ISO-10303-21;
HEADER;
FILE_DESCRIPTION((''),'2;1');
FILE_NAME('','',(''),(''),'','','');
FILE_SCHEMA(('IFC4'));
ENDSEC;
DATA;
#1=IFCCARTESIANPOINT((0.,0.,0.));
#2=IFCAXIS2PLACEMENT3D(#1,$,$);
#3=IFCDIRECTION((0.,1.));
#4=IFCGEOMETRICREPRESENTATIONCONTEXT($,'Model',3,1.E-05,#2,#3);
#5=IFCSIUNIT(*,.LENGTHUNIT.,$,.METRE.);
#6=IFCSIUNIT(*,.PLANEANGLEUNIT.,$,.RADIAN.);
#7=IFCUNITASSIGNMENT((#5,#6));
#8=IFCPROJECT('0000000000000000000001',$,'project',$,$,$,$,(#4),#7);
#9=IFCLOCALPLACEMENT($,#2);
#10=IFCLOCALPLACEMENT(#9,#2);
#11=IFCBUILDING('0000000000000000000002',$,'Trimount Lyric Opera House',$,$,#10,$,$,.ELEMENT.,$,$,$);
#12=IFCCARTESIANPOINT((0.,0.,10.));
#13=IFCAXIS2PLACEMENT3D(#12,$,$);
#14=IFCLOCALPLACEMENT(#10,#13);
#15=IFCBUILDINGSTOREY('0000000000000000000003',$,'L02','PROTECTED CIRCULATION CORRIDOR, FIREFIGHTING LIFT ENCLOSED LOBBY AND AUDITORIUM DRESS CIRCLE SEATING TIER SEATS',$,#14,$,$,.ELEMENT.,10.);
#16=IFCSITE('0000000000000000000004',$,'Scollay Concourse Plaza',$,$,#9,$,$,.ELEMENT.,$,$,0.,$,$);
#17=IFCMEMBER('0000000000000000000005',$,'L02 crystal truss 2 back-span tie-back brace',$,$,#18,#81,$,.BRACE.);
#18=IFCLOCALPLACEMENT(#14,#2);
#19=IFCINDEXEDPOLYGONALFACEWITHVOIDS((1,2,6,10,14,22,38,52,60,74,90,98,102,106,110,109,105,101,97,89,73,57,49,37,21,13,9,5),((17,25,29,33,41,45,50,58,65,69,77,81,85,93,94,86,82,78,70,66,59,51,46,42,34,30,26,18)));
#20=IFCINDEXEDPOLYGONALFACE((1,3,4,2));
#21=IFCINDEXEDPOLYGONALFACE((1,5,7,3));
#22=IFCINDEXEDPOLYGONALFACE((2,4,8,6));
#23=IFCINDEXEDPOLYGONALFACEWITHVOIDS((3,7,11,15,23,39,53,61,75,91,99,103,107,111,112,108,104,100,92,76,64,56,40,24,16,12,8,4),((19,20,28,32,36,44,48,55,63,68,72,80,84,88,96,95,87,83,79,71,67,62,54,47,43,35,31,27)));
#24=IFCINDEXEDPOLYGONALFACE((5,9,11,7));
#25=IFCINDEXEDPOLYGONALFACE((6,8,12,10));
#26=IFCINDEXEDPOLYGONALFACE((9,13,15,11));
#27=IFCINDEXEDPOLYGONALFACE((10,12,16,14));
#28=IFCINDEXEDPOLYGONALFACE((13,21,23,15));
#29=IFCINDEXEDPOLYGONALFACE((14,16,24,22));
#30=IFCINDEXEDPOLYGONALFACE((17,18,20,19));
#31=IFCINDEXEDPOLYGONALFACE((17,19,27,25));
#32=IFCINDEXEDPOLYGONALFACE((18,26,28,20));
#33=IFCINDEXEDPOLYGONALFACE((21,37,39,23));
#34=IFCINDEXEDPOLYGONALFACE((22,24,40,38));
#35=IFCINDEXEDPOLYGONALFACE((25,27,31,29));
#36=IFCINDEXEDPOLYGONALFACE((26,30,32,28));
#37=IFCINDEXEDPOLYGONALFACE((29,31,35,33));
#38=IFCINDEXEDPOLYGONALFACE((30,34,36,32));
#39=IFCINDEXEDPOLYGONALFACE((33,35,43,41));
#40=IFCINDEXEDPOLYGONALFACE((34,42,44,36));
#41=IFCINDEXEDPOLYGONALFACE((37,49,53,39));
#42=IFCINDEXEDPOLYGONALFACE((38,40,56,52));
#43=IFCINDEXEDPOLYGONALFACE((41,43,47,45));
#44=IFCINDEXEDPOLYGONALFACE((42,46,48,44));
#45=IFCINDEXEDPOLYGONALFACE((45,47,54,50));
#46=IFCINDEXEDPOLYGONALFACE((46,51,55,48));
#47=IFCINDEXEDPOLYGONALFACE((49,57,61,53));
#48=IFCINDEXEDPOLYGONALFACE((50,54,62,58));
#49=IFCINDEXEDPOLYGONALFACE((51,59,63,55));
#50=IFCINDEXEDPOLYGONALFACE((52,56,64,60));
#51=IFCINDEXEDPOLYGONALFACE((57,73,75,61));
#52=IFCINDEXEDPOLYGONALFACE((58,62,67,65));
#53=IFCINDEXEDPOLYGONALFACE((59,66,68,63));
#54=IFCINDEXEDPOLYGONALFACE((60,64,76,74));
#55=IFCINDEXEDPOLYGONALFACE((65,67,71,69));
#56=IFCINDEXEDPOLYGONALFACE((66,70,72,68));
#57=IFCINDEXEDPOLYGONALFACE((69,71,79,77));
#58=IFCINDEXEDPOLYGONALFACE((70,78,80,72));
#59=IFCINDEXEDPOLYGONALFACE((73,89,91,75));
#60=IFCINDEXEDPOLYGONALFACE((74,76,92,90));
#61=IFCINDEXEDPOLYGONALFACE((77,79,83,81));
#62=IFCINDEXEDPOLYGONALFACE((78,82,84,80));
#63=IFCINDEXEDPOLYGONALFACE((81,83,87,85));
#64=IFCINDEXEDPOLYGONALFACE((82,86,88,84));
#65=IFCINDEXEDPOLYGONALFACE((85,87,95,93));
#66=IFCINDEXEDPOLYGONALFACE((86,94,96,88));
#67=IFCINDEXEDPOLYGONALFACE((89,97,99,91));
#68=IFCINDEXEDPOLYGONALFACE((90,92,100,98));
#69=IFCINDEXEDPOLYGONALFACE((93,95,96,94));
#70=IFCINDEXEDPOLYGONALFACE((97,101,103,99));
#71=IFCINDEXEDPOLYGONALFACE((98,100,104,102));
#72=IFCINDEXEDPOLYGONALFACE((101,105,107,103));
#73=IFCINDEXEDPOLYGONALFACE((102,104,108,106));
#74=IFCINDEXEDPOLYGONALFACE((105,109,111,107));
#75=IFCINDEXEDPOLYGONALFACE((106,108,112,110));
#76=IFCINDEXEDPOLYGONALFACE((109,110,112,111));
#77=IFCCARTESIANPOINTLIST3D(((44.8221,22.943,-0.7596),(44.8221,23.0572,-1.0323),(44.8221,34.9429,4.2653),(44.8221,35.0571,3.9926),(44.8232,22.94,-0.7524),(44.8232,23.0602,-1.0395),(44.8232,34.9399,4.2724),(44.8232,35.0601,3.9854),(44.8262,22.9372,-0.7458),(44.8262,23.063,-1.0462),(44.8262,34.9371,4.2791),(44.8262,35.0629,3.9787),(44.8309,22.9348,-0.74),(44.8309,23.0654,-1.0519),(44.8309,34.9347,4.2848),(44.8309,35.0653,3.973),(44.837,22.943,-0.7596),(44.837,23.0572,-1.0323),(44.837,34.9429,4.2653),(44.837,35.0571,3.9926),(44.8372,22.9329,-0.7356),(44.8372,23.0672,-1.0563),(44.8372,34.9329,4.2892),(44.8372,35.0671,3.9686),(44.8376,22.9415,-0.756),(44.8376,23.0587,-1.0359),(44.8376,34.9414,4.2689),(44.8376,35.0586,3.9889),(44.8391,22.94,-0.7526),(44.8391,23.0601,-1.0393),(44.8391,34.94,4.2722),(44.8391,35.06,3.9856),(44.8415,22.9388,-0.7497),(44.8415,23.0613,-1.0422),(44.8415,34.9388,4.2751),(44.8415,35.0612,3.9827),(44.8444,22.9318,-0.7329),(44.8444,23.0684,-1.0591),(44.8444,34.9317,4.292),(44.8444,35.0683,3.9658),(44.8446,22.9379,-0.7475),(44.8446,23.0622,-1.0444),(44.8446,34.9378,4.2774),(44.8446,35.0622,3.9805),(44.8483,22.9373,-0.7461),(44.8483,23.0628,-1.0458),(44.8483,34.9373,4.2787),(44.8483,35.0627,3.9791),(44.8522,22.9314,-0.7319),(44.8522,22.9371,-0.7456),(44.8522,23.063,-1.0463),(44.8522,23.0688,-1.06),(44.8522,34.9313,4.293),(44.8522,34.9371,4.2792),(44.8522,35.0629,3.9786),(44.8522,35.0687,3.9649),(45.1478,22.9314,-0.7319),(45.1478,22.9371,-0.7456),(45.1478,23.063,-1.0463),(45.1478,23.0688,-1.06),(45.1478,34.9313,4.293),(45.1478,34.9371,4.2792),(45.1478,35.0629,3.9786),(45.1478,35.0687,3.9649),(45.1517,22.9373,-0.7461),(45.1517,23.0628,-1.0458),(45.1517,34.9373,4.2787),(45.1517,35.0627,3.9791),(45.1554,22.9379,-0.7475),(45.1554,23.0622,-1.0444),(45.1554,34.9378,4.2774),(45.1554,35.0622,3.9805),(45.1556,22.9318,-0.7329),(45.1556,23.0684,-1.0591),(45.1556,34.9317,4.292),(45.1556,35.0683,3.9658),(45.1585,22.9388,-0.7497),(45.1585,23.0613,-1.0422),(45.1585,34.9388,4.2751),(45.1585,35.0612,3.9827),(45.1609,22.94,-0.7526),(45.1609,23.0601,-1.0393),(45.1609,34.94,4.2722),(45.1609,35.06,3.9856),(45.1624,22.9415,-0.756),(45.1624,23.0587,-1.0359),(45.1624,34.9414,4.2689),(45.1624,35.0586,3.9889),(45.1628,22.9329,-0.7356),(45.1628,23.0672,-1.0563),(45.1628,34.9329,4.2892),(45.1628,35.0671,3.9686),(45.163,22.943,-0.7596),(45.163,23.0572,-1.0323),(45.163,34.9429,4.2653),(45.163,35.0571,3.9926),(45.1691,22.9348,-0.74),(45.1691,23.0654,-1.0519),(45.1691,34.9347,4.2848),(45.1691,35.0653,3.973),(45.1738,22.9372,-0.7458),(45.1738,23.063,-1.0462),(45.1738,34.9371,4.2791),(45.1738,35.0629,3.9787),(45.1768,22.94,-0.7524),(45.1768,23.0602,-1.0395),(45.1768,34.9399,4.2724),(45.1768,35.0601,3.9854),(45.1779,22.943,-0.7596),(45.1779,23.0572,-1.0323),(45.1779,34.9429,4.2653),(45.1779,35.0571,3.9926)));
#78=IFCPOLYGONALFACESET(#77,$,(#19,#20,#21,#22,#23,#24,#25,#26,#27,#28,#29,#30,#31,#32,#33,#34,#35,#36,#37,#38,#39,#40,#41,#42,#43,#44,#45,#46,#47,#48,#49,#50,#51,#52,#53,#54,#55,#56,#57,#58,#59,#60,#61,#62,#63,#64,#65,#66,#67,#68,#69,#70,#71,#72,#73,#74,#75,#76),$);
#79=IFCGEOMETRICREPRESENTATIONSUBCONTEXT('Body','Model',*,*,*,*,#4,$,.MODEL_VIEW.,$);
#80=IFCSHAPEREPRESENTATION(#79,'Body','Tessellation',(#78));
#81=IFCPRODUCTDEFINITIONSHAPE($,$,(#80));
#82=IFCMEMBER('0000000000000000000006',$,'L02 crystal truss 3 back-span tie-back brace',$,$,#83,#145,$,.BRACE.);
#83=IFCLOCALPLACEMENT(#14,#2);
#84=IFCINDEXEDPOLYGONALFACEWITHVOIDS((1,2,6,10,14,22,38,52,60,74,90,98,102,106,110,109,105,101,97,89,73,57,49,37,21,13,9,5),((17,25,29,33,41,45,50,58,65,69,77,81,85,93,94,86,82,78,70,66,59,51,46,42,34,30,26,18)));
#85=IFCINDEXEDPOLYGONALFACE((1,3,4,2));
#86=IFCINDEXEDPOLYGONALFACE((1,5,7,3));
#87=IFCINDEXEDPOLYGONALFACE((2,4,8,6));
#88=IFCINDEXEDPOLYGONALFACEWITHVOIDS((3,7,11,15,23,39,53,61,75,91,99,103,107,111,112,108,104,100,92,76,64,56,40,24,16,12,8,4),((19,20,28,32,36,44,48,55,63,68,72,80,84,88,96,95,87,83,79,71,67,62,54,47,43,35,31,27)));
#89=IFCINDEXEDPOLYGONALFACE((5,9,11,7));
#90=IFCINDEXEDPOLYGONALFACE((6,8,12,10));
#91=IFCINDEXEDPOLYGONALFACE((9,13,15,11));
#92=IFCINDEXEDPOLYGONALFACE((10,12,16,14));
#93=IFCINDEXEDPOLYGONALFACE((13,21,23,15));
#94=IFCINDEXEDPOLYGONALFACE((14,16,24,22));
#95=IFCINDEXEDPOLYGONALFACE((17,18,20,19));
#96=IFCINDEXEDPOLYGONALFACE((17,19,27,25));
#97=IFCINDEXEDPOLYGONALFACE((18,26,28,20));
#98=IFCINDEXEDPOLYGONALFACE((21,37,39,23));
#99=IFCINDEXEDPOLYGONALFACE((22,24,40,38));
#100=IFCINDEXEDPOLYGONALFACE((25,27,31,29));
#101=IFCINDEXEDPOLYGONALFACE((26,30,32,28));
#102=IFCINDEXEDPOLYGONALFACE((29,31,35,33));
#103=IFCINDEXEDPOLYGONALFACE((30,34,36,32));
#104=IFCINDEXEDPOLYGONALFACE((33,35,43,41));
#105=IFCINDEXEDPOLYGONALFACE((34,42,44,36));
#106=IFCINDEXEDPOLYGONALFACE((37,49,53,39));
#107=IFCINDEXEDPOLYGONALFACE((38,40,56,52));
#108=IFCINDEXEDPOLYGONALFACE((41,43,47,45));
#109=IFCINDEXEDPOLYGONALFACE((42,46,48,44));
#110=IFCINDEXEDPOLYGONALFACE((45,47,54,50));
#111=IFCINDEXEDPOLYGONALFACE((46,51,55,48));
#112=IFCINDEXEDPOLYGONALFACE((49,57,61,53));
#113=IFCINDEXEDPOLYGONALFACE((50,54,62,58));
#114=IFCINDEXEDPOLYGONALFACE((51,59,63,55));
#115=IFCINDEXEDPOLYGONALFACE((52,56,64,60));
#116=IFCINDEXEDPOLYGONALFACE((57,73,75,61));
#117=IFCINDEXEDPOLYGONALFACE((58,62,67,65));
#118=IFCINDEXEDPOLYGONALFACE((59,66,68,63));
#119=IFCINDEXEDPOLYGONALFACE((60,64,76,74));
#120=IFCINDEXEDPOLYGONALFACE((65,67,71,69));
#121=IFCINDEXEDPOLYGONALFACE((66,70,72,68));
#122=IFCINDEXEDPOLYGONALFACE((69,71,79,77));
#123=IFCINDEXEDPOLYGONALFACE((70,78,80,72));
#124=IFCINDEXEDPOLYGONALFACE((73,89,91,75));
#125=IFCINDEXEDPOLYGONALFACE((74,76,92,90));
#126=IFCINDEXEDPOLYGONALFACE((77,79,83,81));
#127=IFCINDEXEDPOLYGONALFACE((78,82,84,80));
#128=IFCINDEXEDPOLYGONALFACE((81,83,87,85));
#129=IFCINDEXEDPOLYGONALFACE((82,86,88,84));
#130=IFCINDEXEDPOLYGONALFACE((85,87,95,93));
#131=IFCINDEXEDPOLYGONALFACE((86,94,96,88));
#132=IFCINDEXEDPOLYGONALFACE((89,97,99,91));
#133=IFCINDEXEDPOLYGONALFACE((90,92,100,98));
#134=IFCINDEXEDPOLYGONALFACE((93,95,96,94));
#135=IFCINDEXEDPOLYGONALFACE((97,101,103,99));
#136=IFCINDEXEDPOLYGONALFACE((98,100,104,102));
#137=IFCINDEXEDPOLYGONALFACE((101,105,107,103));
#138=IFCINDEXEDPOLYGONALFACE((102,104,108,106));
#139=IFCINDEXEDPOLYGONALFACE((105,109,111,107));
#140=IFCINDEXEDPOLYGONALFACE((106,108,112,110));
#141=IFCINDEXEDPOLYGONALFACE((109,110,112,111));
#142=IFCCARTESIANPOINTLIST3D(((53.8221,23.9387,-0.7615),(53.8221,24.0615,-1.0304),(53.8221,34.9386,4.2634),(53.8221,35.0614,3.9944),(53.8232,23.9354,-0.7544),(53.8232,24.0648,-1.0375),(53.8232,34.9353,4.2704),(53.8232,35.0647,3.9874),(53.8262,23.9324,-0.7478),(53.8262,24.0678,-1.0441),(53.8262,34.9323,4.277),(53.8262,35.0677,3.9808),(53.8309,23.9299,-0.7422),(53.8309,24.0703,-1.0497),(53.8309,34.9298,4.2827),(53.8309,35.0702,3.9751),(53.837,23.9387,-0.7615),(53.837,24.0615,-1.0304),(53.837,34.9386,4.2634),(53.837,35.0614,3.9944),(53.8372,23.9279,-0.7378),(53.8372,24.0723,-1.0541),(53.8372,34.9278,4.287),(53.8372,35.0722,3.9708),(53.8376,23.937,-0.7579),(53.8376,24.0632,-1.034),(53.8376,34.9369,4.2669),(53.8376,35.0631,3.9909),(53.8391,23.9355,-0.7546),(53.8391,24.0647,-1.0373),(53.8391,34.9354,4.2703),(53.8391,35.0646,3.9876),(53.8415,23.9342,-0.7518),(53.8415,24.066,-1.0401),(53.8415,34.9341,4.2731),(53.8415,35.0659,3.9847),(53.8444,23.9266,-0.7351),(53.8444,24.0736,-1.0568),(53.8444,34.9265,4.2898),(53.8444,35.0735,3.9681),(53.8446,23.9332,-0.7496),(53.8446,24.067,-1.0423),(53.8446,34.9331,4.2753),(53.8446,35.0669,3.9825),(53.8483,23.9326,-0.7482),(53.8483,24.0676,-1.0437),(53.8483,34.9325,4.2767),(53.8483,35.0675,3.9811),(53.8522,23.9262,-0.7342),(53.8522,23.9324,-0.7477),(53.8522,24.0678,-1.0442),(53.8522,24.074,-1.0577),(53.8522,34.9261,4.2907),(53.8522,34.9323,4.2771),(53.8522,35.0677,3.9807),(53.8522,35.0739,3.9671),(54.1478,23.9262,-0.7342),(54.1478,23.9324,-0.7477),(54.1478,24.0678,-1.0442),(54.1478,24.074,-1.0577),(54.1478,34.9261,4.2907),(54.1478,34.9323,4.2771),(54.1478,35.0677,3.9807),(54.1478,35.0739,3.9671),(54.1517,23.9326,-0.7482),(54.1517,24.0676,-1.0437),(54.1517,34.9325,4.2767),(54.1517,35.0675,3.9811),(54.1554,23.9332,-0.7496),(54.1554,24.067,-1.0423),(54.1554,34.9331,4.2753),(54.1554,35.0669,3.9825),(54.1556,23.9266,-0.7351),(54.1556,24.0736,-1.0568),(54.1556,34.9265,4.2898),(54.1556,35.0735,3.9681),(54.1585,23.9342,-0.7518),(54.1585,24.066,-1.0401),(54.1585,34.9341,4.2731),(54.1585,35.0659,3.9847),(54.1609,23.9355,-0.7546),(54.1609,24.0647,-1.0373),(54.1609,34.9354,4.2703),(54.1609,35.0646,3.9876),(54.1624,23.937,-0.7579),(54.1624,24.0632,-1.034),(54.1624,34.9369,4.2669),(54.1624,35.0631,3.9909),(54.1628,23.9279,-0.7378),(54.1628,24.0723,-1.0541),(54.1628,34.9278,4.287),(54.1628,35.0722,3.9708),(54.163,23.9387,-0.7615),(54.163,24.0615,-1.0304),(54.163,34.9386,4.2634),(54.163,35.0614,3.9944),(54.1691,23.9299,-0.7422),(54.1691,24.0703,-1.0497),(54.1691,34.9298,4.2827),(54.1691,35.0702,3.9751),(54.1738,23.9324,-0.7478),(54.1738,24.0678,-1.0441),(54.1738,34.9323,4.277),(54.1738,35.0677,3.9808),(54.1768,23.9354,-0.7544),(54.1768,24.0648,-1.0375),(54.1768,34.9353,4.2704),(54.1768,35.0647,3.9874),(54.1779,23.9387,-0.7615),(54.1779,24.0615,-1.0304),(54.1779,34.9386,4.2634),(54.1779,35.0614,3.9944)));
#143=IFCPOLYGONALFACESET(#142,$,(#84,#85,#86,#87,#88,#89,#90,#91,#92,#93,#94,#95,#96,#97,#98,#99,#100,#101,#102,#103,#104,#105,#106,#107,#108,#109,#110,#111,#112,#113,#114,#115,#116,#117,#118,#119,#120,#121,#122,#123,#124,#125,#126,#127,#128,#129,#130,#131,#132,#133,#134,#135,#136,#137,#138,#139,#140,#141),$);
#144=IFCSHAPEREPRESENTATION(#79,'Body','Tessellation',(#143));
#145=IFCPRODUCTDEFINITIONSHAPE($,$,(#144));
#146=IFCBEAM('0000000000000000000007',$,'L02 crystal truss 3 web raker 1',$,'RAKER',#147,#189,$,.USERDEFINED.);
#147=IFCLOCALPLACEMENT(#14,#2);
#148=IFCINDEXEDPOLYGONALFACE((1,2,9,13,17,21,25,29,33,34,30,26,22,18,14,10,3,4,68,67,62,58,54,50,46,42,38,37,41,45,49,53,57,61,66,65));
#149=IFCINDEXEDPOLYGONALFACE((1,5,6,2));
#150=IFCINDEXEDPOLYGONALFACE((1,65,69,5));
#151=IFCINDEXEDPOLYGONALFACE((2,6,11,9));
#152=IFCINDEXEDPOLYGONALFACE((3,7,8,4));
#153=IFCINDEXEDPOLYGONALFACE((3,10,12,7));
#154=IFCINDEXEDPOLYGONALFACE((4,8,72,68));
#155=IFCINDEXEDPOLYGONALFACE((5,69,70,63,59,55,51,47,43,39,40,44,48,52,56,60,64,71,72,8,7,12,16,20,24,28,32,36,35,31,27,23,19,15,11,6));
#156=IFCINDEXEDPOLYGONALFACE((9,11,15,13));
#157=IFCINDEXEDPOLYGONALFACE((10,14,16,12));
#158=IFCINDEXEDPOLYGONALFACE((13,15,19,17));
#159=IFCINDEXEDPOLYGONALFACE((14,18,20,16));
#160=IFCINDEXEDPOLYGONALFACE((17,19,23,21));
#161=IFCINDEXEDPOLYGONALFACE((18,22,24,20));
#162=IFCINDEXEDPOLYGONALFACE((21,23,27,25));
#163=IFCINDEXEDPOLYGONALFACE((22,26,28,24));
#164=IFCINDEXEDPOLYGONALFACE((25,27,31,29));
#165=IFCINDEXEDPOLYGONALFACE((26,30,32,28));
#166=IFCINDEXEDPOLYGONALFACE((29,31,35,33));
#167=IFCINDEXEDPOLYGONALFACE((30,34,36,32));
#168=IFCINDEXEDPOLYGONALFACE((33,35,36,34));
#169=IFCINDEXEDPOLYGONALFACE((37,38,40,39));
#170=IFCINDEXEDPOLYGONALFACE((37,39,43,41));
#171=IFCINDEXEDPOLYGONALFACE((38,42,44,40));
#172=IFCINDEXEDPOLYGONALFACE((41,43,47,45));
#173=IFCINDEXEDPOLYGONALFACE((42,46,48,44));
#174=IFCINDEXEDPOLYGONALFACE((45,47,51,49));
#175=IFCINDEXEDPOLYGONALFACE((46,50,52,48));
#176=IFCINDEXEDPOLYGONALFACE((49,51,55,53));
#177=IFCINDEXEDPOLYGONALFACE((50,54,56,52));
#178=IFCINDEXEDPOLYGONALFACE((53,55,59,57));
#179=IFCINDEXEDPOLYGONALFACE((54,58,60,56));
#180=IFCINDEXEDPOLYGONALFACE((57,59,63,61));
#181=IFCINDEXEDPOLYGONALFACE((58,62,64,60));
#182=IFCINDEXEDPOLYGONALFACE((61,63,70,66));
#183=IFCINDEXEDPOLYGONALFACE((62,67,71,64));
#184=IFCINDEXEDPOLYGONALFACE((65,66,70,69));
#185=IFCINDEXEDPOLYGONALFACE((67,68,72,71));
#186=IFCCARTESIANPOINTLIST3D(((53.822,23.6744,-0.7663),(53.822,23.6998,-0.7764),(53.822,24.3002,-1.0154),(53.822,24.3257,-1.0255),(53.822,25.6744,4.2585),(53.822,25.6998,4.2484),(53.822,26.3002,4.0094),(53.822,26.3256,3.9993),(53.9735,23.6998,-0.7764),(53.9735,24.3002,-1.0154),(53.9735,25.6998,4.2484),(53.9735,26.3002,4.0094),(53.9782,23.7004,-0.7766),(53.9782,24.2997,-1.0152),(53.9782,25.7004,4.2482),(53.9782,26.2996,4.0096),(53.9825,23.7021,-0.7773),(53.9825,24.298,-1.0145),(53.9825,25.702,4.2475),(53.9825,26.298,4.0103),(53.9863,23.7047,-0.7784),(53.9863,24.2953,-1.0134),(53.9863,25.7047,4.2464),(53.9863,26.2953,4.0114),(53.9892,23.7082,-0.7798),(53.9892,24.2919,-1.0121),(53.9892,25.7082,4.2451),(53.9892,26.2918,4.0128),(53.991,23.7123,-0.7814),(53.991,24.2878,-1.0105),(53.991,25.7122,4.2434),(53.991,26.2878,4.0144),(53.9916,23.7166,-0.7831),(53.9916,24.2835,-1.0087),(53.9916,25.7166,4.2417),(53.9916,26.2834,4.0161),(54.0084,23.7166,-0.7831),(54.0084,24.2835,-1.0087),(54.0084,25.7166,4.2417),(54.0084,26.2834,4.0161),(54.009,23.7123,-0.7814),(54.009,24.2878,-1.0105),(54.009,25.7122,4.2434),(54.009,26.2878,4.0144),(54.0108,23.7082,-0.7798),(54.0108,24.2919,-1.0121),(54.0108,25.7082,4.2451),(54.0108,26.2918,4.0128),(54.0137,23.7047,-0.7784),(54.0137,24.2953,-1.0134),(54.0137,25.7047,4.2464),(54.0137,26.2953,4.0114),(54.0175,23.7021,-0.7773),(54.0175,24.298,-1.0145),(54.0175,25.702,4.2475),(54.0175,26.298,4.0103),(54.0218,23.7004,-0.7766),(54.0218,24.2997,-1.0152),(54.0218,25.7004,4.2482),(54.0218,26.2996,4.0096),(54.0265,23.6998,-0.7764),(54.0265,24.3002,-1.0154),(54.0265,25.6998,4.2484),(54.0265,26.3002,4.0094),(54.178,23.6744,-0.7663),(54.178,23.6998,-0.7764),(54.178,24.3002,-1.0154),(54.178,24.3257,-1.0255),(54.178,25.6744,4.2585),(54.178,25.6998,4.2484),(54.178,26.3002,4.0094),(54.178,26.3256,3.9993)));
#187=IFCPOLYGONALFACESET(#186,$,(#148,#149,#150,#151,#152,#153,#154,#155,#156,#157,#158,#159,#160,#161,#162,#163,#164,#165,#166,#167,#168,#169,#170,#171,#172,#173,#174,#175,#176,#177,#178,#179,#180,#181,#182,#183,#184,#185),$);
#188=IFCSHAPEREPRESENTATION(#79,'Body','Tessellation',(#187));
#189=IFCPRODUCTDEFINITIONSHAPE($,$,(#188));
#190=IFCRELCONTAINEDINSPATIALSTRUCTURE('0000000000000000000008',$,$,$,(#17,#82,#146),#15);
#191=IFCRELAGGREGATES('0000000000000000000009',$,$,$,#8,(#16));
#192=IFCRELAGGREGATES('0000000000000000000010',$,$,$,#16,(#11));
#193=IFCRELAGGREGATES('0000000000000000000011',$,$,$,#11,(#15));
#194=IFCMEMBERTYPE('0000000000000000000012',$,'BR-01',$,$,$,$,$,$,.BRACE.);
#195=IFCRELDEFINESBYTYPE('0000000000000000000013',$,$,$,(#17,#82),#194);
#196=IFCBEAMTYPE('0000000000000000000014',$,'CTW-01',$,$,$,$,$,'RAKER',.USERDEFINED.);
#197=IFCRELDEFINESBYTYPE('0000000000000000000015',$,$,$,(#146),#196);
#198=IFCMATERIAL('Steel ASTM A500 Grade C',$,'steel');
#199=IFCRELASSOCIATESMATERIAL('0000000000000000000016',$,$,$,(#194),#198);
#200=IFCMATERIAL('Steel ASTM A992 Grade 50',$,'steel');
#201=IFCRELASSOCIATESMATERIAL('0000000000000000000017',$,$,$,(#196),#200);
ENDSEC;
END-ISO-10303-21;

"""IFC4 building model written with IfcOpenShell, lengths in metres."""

from ifc_helpers import new_model, si_unit, direction, frame, origin, origin_2d, place, context, subcontext, project, spatial, hollow_rectangle, i_section, extrude, material, material_profile, profile_set, type_object, element, save


model = new_model("IFC4")

# Units and contexts
model_context = context("Model", 3, precision=1e-05, world=origin(), true_north=direction((0.0, 1.0)))
body_context = subcontext(model_context, "Body", "Model", "MODEL_VIEW")
ifc_project = project(units=[si_unit("LENGTHUNIT", "METRE"), si_unit("PLANEANGLEUNIT", "RADIAN")], contexts=[model_context])

# Site, building, storey
site_placement = place(None, origin())
site = spatial("IfcSite", under=ifc_project, at=site_placement, Name="Scollay Concourse Plaza", CompositionType="ELEMENT", RefElevation=0.0)
building_placement = place(site_placement, origin())
building = spatial("IfcBuilding", under=site, at=building_placement, Name="Trimount Lyric Opera House", CompositionType="ELEMENT")
storey_placement = place(building_placement, frame((0.0, 0.0, 10.0)))
storey = spatial("IfcBuildingStorey", under=building, at=storey_placement, Name="L02", Description="PROTECTED CIRCULATION CORRIDOR, FIREFIGHTING LIFT ENCLOSED LOBBY AND AUDITORIUM DRESS CIRCLE SEATING TIER SEATS", CompositionType="ELEMENT", Elevation=10.0)

# Members
ifc_material_1 = material(Name="Steel ASTM A500 Grade C", Category="steel")
ifc_material_profile_1 = material_profile(ifc_material_1, hollow_rectangle(XDim=0.3557, YDim=0.3557, WallThickness=0.0149, InnerFilletRadius=0.0151, OuterFilletRadius=0.03, at=origin_2d()), Name="HSS355.6X355.6X15.9")
ifc_profile_set_1 = profile_set([ifc_material_profile_1], Name="Steel ASTM A500 Grade C")
member_type = type_object("IfcMemberType", Name="BR-01", PredefinedType="BRACE", material=ifc_profile_set_1)
member_1_placement = place(storey_placement, frame((45.0, 35.0, 4.1289), z_axis=(0.0, -0.922396, -0.386246), x_axis=(1.0, 0.0, 0.0)))
element("IfcMember", 1, at=member_1_placement, inside=storey, type_object=member_type, Name="L02 crystal truss 2 back-span tie-back brace", PredefinedType="BRACE", context=body_context, shape_type="SweptSolid", body=[
    extrude(hollow_rectangle(XDim=0.3557, YDim=0.3557, WallThickness=0.0149, InnerFilletRadius=0.0151, OuterFilletRadius=0.03, at=origin_2d()), origin(), (0.0, 0.0, 1.0), 13.0095),
])
member_2_placement = place(storey_placement, frame((54.0, 35.0, 4.1289), z_axis=(0.0, -0.909589, -0.415509), x_axis=(1.0, 0.0, 0.0)))
element("IfcMember", 2, at=member_2_placement, inside=storey, type_object=member_type, Name="L02 crystal truss 3 back-span tie-back brace", PredefinedType="BRACE", context=body_context, shape_type="SweptSolid", body=[
    extrude(hollow_rectangle(XDim=0.3557, YDim=0.3557, WallThickness=0.0149, InnerFilletRadius=0.0151, OuterFilletRadius=0.03, at=origin_2d()), origin(), (0.0, 0.0, 1.0), 12.0933),
])

# Beam
ifc_material_2 = material(Name="Steel ASTM A992 Grade 50", Category="steel")
ifc_material_profile_2 = material_profile(ifc_material_2, i_section(OverallWidth=0.356, OverallDepth=0.7009, WebThickness=0.0168, FlangeThickness=0.0273, FilletRadius=0.0181, at=origin_2d()), Name="W27X161")
ifc_profile_set_2 = profile_set([ifc_material_profile_2], Name="Steel ASTM A992 Grade 50")
beam_type_1 = type_object("IfcBeamType", Name="CTW-01", ElementType="RAKER", PredefinedType="USERDEFINED", material=ifc_profile_set_2)
beam_1_placement = place(storey_placement, frame((54.0, 26.0, 4.1289), z_axis=(0.0, -0.369802, -0.92911), x_axis=(1.0, 0.0, 0.0)))
element("IfcBeam", 3, at=beam_1_placement, inside=storey, type_object=beam_type_1, Name="L02 crystal truss 3 web raker 1", ObjectType="RAKER", PredefinedType="USERDEFINED", context=body_context, shape_type="SweptSolid", body=[
    extrude(i_section(OverallWidth=0.356, OverallDepth=0.7009, WebThickness=0.0168, FlangeThickness=0.0273, FilletRadius=0.0181, at=origin_2d()), origin(), (0.0, 0.0, 1.0), 5.4082),
])

save(model, "model.ifc")
